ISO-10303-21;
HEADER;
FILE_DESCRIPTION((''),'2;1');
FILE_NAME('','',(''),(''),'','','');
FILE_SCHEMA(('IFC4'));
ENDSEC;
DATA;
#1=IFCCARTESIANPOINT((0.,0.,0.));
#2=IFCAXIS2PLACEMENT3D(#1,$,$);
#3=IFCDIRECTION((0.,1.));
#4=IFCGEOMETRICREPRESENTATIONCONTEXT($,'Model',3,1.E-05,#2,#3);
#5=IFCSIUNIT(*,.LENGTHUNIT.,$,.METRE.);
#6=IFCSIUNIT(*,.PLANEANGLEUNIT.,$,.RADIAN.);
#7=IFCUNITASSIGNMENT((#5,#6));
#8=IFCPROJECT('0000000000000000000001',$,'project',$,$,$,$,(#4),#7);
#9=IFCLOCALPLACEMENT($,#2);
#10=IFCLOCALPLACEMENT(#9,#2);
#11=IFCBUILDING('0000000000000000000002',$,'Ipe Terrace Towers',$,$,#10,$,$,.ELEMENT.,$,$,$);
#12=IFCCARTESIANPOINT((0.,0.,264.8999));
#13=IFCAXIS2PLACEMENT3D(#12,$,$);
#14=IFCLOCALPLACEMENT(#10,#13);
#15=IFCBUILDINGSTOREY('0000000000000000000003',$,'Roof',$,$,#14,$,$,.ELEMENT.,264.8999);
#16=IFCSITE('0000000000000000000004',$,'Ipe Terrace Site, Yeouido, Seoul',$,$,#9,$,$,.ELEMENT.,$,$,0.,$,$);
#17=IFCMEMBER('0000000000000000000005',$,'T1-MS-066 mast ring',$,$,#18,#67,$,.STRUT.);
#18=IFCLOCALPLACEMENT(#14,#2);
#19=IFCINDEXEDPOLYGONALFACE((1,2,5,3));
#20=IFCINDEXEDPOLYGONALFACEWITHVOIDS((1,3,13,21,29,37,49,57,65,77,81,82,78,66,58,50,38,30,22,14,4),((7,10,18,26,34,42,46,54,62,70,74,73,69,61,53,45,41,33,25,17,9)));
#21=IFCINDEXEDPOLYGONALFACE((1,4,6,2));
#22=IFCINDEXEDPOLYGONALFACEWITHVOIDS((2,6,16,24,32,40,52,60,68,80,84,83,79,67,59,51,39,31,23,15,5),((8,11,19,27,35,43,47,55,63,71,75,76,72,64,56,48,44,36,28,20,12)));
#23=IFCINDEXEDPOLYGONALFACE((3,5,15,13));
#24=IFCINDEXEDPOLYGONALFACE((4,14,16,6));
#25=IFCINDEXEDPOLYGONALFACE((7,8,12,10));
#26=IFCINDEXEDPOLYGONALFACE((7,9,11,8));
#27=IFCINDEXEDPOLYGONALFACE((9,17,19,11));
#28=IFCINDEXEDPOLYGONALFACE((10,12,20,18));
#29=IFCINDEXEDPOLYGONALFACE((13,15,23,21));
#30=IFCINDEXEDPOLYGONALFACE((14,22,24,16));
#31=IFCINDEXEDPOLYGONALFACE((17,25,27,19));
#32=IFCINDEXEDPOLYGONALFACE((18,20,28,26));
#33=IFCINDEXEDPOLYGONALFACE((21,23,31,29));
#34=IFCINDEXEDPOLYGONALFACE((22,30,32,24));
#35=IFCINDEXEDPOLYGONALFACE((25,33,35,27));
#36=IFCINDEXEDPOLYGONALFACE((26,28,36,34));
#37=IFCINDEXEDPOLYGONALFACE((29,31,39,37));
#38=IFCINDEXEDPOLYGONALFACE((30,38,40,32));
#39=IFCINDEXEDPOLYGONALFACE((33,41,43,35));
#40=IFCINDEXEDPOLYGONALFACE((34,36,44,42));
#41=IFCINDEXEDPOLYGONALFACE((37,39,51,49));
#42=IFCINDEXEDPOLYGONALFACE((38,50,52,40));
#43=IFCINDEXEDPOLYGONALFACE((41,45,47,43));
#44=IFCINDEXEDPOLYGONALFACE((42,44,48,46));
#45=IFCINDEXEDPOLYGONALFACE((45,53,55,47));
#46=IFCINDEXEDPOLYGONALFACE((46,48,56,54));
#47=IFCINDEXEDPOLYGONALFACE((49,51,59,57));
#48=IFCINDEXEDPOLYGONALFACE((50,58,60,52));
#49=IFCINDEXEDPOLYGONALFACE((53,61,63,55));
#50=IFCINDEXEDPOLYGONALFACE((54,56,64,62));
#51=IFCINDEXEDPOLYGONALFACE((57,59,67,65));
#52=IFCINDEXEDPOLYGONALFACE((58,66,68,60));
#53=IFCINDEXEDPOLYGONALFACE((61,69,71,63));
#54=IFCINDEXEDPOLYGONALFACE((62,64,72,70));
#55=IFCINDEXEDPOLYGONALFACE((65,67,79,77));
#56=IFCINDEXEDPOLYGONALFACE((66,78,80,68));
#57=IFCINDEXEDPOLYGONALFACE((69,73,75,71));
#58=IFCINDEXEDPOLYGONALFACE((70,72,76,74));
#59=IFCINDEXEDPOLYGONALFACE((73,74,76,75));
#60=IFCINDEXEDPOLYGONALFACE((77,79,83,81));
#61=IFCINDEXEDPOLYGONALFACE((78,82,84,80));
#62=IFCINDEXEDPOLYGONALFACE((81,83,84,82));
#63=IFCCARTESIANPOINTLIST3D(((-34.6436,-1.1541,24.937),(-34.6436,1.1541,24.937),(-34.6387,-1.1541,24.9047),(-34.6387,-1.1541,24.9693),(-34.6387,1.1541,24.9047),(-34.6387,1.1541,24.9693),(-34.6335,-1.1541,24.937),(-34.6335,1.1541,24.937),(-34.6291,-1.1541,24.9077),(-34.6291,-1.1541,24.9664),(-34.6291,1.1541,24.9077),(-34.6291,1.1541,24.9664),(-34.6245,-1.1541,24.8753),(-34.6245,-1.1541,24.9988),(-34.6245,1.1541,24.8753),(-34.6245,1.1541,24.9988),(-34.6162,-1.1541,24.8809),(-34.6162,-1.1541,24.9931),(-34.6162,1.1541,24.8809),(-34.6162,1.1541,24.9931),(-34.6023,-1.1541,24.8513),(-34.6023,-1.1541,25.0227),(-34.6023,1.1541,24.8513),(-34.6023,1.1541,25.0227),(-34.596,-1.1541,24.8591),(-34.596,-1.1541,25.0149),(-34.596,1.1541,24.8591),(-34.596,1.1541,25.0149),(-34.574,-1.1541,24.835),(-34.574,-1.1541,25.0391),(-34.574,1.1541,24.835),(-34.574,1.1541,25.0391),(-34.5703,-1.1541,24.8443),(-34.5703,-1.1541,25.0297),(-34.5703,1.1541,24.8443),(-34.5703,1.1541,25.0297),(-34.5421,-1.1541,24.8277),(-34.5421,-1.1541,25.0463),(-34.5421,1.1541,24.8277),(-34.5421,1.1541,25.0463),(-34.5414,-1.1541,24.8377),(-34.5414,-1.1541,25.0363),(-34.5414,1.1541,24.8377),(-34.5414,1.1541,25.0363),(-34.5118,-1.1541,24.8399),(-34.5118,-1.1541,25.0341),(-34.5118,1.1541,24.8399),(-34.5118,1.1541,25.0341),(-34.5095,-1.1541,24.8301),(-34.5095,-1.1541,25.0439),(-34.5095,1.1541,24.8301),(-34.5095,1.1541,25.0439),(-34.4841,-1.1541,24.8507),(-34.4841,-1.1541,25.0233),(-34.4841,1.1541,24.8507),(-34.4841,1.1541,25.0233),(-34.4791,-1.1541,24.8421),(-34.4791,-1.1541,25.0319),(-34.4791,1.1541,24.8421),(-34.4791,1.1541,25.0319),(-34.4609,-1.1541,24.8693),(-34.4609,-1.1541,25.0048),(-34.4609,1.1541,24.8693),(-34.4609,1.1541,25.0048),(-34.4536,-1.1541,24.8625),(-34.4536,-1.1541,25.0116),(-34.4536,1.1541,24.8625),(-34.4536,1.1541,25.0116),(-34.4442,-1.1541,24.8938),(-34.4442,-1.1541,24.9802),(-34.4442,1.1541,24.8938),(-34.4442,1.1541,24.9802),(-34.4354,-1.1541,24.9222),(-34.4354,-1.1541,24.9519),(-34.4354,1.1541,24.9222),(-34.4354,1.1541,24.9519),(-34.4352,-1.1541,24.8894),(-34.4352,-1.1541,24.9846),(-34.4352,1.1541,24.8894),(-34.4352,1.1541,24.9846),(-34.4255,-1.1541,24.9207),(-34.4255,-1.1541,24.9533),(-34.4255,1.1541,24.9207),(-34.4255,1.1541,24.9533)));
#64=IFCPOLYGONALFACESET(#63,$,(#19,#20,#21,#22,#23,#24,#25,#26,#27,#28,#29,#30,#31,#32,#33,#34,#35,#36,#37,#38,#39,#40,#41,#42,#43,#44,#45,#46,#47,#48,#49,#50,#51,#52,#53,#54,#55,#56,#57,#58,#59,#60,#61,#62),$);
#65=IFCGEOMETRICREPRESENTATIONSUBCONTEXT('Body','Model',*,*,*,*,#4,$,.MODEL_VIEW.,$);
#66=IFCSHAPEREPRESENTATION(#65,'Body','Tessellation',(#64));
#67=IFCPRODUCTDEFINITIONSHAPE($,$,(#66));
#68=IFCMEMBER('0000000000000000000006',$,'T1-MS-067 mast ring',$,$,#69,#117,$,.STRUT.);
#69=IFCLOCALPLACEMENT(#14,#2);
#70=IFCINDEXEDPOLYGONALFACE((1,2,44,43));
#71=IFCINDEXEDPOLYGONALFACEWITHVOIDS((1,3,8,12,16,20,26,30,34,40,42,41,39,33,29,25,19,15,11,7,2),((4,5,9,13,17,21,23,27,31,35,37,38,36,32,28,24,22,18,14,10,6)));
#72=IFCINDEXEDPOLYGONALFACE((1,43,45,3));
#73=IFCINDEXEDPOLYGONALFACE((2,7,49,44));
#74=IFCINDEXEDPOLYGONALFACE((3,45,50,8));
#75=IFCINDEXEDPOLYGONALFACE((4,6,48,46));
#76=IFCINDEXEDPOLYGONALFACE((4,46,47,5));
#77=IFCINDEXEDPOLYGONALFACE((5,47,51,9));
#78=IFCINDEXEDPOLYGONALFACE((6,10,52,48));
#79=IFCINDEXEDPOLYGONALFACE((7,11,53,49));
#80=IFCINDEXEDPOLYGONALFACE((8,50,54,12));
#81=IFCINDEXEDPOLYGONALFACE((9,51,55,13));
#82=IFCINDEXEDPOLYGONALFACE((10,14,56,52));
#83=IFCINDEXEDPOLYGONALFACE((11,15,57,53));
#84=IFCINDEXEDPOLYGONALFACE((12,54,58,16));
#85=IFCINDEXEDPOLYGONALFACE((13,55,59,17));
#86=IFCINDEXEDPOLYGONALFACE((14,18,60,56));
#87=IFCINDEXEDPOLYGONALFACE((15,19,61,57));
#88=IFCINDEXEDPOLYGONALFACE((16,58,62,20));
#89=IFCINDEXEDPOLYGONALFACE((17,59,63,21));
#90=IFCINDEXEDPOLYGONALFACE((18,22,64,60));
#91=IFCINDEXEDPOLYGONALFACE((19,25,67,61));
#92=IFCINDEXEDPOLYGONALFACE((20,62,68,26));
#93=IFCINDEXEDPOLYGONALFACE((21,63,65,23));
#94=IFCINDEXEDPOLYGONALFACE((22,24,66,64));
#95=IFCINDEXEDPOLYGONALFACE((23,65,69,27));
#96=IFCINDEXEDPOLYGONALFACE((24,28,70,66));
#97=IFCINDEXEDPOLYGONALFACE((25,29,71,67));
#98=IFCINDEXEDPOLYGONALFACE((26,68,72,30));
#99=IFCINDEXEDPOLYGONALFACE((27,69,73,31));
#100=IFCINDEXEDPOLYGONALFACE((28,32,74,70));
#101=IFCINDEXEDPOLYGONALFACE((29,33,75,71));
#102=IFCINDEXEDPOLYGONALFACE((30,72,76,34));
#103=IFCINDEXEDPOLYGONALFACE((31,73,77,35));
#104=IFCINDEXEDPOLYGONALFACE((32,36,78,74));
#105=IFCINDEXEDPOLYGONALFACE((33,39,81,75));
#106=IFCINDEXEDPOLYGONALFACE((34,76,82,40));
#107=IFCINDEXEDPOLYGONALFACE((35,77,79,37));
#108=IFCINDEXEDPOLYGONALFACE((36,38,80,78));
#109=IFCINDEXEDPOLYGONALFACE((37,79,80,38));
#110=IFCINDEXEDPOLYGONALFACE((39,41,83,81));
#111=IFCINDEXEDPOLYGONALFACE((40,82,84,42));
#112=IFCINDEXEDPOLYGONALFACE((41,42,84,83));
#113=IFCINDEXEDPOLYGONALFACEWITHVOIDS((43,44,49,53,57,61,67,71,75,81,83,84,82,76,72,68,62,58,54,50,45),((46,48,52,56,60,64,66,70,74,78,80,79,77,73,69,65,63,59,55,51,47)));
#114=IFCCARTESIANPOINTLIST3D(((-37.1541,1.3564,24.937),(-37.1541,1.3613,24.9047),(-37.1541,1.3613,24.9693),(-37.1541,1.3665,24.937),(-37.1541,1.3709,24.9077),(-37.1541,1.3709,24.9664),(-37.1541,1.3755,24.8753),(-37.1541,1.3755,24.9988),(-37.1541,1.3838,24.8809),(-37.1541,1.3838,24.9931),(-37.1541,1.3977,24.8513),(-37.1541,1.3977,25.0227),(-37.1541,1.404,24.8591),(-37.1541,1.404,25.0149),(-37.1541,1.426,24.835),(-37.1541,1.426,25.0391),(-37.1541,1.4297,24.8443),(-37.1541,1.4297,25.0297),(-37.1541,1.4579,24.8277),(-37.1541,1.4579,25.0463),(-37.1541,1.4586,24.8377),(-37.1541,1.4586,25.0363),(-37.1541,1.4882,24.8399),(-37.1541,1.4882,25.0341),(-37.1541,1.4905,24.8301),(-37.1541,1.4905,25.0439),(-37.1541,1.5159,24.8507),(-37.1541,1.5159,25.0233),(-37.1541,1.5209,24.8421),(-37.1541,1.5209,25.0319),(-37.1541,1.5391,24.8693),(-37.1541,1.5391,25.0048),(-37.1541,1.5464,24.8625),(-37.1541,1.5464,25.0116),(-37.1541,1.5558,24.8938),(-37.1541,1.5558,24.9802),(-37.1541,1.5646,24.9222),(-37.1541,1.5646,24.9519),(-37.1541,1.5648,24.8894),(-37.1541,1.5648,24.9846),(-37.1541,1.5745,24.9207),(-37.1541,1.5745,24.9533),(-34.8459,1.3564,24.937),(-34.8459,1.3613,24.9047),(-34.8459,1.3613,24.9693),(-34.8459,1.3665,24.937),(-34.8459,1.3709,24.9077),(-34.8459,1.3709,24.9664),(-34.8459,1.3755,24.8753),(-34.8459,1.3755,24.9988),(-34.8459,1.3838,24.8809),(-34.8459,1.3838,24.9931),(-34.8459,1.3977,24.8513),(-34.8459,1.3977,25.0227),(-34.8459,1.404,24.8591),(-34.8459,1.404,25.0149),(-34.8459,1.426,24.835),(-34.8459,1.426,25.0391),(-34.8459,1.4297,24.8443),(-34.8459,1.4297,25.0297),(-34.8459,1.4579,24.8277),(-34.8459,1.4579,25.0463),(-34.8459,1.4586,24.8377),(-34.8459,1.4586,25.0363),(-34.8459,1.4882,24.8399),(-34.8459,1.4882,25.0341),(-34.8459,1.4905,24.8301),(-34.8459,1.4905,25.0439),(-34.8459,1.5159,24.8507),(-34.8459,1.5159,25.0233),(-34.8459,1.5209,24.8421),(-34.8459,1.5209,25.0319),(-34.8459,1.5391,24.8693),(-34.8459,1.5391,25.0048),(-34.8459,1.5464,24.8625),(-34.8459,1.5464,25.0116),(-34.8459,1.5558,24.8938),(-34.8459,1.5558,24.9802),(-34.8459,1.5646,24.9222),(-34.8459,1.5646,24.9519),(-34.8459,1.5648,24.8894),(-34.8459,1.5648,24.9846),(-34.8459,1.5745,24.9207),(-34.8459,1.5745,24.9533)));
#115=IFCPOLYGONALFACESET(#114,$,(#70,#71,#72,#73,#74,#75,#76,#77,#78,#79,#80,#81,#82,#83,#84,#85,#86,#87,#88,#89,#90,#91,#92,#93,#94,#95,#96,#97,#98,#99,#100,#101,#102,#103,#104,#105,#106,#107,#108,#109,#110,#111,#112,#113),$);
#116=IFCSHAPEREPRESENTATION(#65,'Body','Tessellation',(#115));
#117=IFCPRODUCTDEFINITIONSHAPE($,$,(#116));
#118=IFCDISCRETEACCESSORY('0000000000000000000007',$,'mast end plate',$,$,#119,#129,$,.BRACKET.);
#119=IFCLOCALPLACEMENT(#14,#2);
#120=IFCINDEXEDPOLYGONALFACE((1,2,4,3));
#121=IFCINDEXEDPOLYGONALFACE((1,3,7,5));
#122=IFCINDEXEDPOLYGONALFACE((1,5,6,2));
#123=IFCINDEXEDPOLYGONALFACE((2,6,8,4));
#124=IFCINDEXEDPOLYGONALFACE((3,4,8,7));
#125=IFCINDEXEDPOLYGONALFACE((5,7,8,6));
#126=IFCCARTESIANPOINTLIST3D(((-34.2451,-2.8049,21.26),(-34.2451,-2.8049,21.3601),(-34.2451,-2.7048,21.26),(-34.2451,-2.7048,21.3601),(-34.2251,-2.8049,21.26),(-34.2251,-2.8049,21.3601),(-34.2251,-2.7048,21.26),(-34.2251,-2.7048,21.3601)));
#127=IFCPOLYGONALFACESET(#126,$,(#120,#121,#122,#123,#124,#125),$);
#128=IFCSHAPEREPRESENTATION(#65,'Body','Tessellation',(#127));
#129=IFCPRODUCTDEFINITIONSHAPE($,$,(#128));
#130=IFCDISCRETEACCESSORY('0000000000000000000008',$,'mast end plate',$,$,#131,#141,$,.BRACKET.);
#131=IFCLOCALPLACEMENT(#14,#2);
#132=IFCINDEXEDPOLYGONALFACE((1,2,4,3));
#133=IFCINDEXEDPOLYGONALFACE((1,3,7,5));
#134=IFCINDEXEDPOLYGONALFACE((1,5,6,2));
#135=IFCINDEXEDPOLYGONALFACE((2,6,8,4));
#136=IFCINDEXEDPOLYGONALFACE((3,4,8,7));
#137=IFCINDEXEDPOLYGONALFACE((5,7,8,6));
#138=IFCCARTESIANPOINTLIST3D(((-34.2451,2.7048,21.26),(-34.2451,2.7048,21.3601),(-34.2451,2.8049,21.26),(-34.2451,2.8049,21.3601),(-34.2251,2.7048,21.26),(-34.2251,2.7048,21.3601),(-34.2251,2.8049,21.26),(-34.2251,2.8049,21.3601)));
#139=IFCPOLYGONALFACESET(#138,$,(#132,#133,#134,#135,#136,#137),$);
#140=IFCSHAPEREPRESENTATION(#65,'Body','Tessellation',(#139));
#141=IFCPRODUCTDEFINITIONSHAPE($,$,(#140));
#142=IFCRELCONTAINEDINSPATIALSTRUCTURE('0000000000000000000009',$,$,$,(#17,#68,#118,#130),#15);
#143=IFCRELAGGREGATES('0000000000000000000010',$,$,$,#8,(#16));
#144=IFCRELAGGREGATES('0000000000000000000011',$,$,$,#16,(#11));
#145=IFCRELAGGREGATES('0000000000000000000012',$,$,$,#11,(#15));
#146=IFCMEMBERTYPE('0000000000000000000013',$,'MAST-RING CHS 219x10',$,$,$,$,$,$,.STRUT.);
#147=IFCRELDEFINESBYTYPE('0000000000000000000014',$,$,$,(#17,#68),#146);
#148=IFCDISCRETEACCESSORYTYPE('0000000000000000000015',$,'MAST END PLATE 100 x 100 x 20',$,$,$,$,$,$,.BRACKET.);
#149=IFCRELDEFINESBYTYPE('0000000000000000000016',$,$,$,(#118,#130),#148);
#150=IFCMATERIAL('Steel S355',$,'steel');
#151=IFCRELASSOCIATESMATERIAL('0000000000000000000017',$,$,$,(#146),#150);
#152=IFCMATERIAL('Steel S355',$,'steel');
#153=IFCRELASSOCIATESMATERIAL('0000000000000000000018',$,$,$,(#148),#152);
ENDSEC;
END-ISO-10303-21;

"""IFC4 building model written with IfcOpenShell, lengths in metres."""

from ifc_helpers import new_model, si_unit, direction, frame, origin, origin_2d, place, context, subcontext, project, spatial, rectangle, hollow_circle, extrude, material, material_profile, profile_set, type_object, element, save


model = new_model("IFC4")

# Units and contexts
model_context = context("Model", 3, precision=1e-05, world=origin(), true_north=direction((0.0, 1.0)))
body_context = subcontext(model_context, "Body", "Model", "MODEL_VIEW")
ifc_project = project(units=[si_unit("LENGTHUNIT", "METRE"), si_unit("PLANEANGLEUNIT", "RADIAN")], contexts=[model_context])

# Site, building, storey
site_placement = place(None, origin())
site = spatial("IfcSite", under=ifc_project, at=site_placement, Name="Ipe Terrace Site, Yeouido, Seoul", CompositionType="ELEMENT", RefElevation=0.0)
building_placement = place(site_placement, origin())
building = spatial("IfcBuilding", under=site, at=building_placement, Name="Ipe Terrace Towers", CompositionType="ELEMENT")
storey_placement = place(building_placement, frame((0.0, 0.0, 264.8999)))
storey = spatial("IfcBuildingStorey", under=building, at=storey_placement, Name="Roof", CompositionType="ELEMENT", Elevation=264.8999)

# Members
ifc_material_1 = material(Name="Steel S355", Category="steel")
ifc_material_profile_1 = material_profile(ifc_material_1, hollow_circle(Radius=0.1096, WallThickness=0.01, at=origin_2d()), Name="MAST-RING CHS 219x10")
ifc_profile_set_1 = profile_set([ifc_material_profile_1], Name="Steel S355")
member_type_1 = type_object("IfcMemberType", Name="MAST-RING CHS 219x10", PredefinedType="STRUT", material=ifc_profile_set_1)
for number, where, z_axis, x_axis, name in (
    (1, (-34.5339, -1.1541, 24.937), (0.0, 1.0, 0.0), (-1.0, 0.0, 0.0), "T1-MS-066 mast ring"),
    (2, (-34.8459, 1.4661, 24.937), (-1.0, 0.0, 0.0), (0.0, -1.0, 0.0), "T1-MS-067 mast ring"),
):
    element("IfcMember", number, at=place(storey_placement, frame(where, z_axis=z_axis, x_axis=x_axis)), inside=storey, type_object=member_type_1, Name=name, PredefinedType="STRUT", context=body_context, shape_type="SweptSolid", body=[
        extrude(hollow_circle(Radius=0.1096, WallThickness=0.01, at=origin_2d()), origin(), (0.0, 0.0, 1.0), 2.3081),
    ])

# Discrete accessories
ifc_material_2 = material(Name="Steel S355", Category="steel")
ifc_material_profile_2 = material_profile(ifc_material_2, rectangle(XDim=0.1001, YDim=0.1001, at=origin_2d()), Name="MAST END PLATE 100 x 100 x 20")
ifc_profile_set_2 = profile_set([ifc_material_profile_2], Name="Steel S355")
discrete_accessory_type = type_object("IfcDiscreteAccessoryType", Name="MAST END PLATE 100 x 100 x 20", PredefinedType="BRACKET", material=ifc_profile_set_2)
for number, where, z_axis, x_axis, name in (
    (3, (-34.2451, -2.7549, 21.3101), (1.0, 0.0, 0.0), (0.0, 1.0, 0.0), "mast end plate"),
    (4, (-34.2451, 2.7549, 21.3101), (1.0, 0.0, 0.0), (0.0, 1.0, 0.0), "mast end plate"),
):
    element("IfcDiscreteAccessory", number, at=place(storey_placement, frame(where, z_axis=z_axis, x_axis=x_axis)), inside=storey, type_object=discrete_accessory_type, Name=name, PredefinedType="BRACKET", context=body_context, shape_type="SweptSolid", body=[
        extrude(rectangle(XDim=0.1001, YDim=0.1001, at=origin_2d()), origin(), (0.0, 0.0, 1.0), 0.02),
    ])

save(model, "model.ifc")
